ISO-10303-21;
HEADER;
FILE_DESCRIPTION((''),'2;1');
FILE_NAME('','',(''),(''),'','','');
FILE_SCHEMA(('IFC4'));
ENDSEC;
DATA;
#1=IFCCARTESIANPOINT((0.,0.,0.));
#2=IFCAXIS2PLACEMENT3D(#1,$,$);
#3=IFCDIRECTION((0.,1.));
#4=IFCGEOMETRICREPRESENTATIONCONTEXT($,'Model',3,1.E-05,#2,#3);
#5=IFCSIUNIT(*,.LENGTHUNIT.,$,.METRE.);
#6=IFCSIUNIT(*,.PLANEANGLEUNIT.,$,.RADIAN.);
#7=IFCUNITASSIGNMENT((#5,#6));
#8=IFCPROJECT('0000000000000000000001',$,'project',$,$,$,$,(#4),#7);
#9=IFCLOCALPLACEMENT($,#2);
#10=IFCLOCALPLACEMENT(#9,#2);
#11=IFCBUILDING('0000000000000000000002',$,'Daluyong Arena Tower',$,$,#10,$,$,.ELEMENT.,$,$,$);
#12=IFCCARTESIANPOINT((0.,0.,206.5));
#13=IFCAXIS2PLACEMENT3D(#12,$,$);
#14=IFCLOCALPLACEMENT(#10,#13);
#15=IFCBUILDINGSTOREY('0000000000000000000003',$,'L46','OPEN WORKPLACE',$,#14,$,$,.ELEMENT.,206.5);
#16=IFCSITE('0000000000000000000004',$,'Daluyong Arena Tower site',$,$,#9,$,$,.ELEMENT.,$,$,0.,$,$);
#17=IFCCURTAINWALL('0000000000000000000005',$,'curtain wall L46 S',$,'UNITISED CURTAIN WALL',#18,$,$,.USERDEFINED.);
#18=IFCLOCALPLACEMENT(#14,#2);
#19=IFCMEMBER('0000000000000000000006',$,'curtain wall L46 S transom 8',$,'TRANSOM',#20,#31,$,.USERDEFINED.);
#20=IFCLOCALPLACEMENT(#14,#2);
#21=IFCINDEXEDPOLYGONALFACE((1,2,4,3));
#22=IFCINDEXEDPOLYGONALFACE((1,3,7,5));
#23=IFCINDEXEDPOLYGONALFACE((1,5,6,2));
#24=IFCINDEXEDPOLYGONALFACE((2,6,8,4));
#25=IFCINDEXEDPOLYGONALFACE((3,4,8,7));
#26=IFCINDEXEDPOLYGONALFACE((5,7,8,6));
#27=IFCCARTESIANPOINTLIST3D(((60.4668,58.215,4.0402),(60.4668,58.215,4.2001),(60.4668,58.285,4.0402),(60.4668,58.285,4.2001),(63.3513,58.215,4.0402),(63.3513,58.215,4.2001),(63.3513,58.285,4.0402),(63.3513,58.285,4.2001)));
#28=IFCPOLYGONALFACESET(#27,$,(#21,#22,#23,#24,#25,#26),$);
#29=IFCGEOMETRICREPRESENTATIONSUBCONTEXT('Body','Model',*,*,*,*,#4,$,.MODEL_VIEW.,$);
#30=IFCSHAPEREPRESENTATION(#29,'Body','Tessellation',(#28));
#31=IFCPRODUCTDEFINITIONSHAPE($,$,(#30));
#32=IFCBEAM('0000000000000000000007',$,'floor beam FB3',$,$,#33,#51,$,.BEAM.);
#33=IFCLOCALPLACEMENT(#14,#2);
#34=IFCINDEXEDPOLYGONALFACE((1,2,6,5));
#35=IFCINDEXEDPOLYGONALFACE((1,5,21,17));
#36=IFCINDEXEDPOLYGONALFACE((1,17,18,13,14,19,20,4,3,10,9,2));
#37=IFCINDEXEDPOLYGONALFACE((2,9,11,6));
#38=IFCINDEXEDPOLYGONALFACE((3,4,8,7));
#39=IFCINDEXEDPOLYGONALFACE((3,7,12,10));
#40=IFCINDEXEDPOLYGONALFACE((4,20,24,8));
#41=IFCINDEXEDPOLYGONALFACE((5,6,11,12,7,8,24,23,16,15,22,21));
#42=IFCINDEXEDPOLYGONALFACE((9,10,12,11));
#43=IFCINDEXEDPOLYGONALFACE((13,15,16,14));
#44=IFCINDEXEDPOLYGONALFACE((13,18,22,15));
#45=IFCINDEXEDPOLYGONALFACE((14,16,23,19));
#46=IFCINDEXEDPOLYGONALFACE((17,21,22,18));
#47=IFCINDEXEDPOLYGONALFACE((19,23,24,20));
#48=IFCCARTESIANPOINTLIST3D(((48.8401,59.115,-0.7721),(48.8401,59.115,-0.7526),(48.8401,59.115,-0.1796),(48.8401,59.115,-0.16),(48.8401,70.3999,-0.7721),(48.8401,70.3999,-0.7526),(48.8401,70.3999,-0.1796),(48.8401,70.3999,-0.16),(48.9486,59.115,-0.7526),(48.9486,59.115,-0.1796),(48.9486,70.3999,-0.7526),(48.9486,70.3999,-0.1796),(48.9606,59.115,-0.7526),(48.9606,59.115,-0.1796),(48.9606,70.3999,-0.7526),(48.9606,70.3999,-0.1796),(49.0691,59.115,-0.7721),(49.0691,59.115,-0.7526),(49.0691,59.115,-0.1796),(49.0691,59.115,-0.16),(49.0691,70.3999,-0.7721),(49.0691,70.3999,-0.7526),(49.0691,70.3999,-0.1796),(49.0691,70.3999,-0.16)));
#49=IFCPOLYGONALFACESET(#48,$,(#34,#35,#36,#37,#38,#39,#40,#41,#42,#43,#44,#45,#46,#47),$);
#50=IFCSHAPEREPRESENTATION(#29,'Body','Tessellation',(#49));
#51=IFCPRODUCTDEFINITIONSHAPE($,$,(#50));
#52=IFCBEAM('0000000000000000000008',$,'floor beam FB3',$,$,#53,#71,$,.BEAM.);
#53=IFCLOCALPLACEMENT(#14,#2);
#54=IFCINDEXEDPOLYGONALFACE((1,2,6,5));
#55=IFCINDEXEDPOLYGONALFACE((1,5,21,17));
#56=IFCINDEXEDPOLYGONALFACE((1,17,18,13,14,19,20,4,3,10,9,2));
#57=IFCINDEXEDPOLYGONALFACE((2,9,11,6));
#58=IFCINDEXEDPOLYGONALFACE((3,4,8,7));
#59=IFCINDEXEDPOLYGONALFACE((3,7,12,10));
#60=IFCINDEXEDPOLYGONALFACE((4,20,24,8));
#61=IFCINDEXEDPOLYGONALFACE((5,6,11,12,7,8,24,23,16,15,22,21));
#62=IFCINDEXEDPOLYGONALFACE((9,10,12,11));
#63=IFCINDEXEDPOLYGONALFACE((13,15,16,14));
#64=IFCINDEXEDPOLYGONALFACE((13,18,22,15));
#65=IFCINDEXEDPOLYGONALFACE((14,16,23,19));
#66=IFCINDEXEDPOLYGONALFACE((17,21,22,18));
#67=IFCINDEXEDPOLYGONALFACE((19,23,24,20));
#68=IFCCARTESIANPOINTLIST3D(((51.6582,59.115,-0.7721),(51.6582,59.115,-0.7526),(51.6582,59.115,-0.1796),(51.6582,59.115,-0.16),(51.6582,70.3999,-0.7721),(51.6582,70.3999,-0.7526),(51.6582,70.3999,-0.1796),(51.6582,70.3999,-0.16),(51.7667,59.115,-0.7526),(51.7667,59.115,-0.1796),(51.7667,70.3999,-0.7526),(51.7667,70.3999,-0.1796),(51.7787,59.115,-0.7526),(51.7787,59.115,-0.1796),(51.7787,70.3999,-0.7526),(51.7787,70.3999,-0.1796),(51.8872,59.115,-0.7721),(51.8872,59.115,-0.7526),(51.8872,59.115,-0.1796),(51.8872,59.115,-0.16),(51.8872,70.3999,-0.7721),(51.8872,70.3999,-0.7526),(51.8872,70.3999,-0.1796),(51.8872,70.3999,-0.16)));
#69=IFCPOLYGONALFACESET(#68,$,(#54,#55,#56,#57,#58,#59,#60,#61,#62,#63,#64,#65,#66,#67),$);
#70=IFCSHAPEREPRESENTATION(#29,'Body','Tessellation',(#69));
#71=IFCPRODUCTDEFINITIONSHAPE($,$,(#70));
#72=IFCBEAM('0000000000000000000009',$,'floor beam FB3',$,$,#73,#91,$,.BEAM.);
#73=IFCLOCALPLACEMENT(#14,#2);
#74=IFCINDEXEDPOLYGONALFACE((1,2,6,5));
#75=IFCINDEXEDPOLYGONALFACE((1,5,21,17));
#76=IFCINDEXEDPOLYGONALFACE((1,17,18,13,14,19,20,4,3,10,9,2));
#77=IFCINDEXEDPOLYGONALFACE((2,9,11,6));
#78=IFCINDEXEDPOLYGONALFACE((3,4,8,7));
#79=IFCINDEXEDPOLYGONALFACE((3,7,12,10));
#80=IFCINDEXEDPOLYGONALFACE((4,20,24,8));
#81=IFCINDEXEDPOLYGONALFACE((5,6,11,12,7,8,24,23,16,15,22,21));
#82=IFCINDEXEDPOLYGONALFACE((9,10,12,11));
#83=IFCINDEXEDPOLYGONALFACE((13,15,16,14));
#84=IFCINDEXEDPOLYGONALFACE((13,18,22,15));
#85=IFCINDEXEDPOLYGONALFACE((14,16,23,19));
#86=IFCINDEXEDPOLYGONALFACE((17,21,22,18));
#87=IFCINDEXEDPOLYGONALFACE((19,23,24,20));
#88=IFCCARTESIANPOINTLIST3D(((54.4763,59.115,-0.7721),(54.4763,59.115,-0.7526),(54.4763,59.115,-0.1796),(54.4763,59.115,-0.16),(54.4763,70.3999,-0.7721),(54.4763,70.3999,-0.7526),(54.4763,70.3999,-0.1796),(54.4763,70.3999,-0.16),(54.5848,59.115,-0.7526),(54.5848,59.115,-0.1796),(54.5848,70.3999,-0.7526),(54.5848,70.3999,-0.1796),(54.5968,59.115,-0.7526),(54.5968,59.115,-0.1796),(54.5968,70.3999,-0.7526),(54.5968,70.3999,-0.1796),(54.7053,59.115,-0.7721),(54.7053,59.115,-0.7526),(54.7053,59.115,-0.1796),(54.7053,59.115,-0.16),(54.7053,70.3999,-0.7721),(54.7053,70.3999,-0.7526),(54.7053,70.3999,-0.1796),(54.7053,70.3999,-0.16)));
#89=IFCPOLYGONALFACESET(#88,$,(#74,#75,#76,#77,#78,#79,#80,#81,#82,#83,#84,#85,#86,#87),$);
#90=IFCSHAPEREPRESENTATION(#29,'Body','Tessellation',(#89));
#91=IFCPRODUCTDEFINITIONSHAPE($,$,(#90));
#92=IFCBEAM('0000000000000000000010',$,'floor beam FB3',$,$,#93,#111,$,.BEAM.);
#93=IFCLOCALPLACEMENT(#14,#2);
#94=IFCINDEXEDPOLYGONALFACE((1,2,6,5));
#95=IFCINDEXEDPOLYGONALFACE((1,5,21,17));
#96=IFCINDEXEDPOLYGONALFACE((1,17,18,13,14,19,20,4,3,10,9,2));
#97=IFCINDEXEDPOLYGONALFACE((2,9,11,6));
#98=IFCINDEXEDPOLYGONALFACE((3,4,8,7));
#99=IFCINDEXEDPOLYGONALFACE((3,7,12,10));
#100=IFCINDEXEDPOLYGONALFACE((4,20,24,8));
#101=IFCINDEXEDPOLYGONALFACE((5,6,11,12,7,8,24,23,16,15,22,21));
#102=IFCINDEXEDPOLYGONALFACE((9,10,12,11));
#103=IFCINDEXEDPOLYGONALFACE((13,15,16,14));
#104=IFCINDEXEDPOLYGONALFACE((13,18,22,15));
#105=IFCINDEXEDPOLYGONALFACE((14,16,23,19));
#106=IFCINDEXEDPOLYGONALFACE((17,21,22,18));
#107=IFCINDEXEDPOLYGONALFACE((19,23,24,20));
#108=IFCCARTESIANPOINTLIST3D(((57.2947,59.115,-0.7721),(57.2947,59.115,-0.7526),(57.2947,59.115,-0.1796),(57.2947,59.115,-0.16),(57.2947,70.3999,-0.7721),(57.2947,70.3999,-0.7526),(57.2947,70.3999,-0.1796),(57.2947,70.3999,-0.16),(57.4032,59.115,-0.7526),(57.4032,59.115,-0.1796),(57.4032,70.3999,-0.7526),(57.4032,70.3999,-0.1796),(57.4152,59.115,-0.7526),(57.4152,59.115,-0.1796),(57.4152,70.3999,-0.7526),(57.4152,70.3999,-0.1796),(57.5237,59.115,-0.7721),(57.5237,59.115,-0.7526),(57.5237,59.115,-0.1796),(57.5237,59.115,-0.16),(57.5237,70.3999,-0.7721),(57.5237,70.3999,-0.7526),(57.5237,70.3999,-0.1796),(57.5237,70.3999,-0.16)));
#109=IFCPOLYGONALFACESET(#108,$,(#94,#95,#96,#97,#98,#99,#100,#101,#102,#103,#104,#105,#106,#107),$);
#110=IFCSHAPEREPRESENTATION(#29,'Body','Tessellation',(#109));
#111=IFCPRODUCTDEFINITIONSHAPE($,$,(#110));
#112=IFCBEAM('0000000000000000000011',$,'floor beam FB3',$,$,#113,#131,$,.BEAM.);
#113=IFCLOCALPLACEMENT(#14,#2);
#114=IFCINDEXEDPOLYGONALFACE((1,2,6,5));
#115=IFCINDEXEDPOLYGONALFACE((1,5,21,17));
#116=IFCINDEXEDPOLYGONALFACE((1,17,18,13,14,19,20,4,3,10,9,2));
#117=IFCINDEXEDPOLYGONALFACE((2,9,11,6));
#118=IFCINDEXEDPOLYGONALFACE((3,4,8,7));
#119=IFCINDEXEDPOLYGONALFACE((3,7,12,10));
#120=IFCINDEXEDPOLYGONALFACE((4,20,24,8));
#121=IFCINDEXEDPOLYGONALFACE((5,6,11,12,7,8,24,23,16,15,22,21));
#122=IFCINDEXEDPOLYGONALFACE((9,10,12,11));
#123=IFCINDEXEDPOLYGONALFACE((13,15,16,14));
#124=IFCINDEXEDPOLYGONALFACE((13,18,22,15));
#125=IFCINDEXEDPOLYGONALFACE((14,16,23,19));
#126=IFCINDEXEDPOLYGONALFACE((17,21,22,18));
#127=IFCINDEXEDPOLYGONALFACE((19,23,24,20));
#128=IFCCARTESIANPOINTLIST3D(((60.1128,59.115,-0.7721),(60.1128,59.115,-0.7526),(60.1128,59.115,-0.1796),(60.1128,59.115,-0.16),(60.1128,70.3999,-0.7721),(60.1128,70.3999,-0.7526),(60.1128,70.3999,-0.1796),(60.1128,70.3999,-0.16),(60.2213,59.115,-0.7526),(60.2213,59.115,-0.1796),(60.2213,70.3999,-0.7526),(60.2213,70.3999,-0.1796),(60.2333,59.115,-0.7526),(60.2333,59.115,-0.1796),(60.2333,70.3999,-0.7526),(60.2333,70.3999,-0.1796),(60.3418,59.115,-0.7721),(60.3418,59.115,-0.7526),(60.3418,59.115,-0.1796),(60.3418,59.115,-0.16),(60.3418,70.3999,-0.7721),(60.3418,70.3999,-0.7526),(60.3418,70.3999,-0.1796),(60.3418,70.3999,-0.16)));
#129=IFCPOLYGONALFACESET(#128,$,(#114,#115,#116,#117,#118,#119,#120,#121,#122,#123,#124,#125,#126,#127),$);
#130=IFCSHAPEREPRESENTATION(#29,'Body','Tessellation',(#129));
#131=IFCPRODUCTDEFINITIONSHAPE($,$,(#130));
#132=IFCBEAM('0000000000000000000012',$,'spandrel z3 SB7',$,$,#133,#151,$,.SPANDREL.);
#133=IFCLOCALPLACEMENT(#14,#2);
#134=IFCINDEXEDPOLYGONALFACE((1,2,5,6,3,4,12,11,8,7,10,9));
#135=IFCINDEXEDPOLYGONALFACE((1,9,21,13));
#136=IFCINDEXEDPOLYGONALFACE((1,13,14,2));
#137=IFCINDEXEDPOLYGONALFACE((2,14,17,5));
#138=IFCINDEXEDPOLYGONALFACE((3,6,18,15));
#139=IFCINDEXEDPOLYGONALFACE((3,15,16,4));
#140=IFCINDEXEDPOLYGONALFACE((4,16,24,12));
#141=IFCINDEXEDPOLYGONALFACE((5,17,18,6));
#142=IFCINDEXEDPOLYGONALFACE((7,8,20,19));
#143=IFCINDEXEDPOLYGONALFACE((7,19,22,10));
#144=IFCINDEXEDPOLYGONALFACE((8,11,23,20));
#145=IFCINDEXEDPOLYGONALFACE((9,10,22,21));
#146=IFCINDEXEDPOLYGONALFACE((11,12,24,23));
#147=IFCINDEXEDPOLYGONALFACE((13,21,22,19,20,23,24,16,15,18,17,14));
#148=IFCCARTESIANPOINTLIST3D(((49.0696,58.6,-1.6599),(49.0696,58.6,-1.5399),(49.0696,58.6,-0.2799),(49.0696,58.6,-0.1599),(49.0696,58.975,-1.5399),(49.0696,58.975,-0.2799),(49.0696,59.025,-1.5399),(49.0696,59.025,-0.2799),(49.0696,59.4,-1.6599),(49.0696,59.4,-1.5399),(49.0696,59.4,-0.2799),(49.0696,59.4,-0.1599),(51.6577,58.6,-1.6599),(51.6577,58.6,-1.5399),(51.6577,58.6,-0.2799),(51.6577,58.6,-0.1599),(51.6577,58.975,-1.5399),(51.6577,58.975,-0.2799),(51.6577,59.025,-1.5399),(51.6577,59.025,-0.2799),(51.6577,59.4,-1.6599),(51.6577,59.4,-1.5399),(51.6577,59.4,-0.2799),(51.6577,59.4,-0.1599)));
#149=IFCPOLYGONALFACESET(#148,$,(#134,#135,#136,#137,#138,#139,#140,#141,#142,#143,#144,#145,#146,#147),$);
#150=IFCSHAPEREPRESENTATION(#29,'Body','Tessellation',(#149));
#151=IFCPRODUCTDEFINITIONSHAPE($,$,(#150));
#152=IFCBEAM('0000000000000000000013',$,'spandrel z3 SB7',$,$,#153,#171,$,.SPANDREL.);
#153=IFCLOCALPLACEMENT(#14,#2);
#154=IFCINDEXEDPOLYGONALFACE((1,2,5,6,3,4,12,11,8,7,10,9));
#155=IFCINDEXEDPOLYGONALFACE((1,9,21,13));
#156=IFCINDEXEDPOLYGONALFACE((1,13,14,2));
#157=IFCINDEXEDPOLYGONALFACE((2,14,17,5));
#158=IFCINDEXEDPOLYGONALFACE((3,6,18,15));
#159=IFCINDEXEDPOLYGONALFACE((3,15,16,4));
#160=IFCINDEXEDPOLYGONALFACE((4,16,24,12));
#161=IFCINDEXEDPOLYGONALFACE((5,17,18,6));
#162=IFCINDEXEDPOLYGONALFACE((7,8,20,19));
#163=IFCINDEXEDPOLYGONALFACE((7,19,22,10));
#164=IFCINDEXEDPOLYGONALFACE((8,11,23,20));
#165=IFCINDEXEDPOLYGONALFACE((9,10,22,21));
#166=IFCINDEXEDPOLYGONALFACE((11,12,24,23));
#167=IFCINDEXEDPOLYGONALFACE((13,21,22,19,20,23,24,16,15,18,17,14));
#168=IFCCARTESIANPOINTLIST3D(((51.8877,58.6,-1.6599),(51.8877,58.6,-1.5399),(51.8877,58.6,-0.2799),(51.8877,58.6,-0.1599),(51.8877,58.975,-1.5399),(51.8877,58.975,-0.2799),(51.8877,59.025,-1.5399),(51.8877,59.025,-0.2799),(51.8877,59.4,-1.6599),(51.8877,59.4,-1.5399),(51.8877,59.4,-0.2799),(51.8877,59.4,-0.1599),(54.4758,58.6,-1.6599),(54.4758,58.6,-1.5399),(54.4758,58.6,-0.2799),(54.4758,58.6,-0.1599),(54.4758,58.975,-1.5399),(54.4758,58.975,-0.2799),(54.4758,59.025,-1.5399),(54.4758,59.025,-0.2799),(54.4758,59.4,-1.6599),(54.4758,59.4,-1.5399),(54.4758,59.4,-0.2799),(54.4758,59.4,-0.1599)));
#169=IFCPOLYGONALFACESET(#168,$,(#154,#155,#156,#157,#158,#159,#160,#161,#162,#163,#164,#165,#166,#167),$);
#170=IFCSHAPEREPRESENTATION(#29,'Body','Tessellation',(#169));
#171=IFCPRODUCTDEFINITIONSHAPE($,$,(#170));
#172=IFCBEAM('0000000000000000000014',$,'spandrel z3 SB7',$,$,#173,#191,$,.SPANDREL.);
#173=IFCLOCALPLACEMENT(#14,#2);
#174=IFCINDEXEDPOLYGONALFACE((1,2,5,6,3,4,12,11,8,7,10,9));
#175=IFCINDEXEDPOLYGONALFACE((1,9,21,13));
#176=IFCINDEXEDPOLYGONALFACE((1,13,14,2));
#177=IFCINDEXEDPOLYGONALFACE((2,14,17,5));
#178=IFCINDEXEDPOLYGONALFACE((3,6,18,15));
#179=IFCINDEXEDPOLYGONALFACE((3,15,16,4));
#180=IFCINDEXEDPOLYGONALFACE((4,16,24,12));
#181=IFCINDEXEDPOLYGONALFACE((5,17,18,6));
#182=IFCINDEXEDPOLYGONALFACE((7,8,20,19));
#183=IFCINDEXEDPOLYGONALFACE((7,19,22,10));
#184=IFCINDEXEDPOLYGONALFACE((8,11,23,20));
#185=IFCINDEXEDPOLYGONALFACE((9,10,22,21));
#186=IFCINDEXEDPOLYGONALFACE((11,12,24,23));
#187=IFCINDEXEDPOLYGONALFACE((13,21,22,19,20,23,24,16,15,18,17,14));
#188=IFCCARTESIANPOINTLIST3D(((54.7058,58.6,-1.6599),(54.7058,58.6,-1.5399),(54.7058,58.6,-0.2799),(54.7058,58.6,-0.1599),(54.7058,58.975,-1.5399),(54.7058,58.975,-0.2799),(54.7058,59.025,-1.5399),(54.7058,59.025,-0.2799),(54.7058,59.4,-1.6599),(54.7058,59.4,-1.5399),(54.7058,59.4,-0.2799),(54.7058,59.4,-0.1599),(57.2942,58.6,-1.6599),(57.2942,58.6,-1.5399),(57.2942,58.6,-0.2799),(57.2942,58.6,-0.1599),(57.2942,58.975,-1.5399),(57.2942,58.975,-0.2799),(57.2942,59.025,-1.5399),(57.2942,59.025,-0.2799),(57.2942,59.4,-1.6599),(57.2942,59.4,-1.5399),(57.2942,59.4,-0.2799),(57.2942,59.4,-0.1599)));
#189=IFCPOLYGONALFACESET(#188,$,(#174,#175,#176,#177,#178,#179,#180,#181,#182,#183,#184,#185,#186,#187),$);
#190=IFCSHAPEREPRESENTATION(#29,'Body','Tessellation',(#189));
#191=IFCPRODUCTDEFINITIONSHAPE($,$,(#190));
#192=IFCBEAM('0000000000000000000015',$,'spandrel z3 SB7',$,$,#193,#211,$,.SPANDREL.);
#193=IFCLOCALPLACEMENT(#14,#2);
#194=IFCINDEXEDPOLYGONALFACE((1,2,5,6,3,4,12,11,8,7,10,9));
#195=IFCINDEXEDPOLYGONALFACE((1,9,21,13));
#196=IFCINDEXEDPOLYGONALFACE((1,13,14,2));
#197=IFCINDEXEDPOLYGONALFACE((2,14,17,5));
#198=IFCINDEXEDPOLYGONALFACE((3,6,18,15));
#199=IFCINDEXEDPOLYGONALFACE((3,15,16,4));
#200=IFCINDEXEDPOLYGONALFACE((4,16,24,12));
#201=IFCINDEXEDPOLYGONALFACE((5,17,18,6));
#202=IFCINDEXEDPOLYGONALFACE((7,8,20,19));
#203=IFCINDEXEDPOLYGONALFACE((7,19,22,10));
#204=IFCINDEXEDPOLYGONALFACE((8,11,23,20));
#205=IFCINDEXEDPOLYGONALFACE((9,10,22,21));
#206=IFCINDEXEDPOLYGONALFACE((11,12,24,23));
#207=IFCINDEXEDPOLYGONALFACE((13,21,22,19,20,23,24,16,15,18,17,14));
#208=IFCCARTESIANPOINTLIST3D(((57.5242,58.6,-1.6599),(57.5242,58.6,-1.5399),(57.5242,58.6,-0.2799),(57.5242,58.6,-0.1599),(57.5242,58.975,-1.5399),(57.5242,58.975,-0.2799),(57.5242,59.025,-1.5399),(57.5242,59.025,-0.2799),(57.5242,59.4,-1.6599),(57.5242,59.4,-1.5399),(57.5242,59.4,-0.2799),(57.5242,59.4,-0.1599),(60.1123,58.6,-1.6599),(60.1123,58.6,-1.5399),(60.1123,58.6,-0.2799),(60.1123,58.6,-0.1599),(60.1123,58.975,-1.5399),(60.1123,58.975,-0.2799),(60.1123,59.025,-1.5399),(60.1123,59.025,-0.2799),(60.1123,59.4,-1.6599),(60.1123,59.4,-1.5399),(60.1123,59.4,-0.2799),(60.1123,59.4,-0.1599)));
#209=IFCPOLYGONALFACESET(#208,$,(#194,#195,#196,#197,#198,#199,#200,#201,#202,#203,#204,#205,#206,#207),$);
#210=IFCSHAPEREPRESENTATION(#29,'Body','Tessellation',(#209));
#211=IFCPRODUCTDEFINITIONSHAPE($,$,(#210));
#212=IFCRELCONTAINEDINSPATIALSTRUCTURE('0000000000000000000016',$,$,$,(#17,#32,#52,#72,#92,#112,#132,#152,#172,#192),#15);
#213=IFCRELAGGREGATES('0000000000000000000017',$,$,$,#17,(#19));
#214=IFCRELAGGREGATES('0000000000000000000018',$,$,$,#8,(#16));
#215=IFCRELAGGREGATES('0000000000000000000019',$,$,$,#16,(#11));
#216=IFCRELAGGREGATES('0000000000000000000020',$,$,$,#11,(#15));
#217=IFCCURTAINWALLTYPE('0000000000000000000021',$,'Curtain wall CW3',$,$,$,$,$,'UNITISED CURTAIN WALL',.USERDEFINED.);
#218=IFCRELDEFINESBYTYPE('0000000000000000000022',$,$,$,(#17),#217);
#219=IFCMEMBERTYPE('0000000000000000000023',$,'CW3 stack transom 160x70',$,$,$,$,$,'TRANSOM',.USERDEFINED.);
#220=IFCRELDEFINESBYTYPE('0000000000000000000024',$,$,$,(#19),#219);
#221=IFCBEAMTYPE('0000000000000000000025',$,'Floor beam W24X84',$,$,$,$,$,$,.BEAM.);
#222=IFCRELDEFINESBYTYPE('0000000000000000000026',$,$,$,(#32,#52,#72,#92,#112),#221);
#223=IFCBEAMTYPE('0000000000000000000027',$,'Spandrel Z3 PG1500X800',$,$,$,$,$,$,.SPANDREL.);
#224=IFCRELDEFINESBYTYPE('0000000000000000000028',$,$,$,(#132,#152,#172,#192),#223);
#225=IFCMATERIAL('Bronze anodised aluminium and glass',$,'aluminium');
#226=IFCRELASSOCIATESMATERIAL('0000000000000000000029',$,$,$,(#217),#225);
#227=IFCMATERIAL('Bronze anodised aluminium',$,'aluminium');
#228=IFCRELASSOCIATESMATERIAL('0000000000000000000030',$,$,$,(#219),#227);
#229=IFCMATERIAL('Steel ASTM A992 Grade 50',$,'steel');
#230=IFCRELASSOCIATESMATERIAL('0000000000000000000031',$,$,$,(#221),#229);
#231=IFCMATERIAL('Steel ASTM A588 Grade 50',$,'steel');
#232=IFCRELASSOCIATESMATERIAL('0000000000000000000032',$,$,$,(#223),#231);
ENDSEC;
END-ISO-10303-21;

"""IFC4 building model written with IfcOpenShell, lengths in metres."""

from ifc_helpers import new_model, si_unit, direction, frame, origin, origin_2d, place, context, subcontext, project, spatial, rectangle, i_section, extrude, material, material_profile, profile_set, type_object, element, aggregate, save


model = new_model("IFC4")

# Units and contexts
model_context = context("Model", 3, precision=1e-05, world=origin(), true_north=direction((0.0, 1.0)))
body_context = subcontext(model_context, "Body", "Model", "MODEL_VIEW")
ifc_project = project(units=[si_unit("LENGTHUNIT", "METRE"), si_unit("PLANEANGLEUNIT", "RADIAN")], contexts=[model_context])

# Site, building, storey
site_placement = place(None, origin())
site = spatial("IfcSite", under=ifc_project, at=site_placement, Name="Daluyong Arena Tower site", CompositionType="ELEMENT", RefElevation=0.0)
building_placement = place(site_placement, origin())
building = spatial("IfcBuilding", under=site, at=building_placement, Name="Daluyong Arena Tower", CompositionType="ELEMENT")
storey_placement = place(building_placement, frame((0.0, 0.0, 206.5)))
storey = spatial("IfcBuildingStorey", under=building, at=storey_placement, Name="L46", Description="OPEN WORKPLACE", CompositionType="ELEMENT", Elevation=206.5)

# Curtain wall, member
ifc_material_1 = material(Name="Bronze anodised aluminium and glass", Category="aluminium")
curtain_wall_type = type_object("IfcCurtainWallType", Name="Curtain wall CW3", ElementType="UNITISED CURTAIN WALL", PredefinedType="USERDEFINED", material=ifc_material_1)
curtain_wall_placement = place(storey_placement, origin())
curtain_wall = element("IfcCurtainWall", 1, at=curtain_wall_placement, inside=storey, type_object=curtain_wall_type, Name="curtain wall L46 S", ObjectType="UNITISED CURTAIN WALL", PredefinedType="USERDEFINED")
ifc_material_2 = material(Name="Bronze anodised aluminium", Category="aluminium")
ifc_material_profile_1 = material_profile(ifc_material_2, rectangle(XDim=0.0701, YDim=0.1599, at=origin_2d()))
ifc_profile_set_1 = profile_set([ifc_material_profile_1], Name="Bronze anodised aluminium")
member_type_1 = type_object("IfcMemberType", Name="CW3 stack transom 160x70", ElementType="TRANSOM", PredefinedType="USERDEFINED", material=ifc_profile_set_1)
member_1_placement = place(storey_placement, frame((60.4668, 58.25, 4.1201), z_axis=(1.0, 0.0, 0.0), x_axis=(0.0, 1.0, 0.0)))
member_1 = element("IfcMember", 2, at=member_1_placement, type_object=member_type_1, Name="curtain wall L46 S transom 8", ObjectType="TRANSOM", PredefinedType="USERDEFINED", context=body_context, shape_type="SweptSolid", body=[
    extrude(rectangle(XDim=0.0701, YDim=0.1599, at=origin_2d()), origin(), (0.0, 0.0, 1.0), 2.8845),
])

# Beams
ifc_material_3 = material(Name="Steel ASTM A992 Grade 50", Category="steel")
ifc_material_profile_2 = material_profile(ifc_material_3, i_section(OverallWidth=0.229, OverallDepth=0.6121, WebThickness=0.012, FlangeThickness=0.0195, at=origin_2d()))
ifc_profile_set_2 = profile_set([ifc_material_profile_2], Name="Steel ASTM A992 Grade 50")
beam_type_1 = type_object("IfcBeamType", Name="Floor beam W24X84", PredefinedType="BEAM", material=ifc_profile_set_2)
for number, where, z_axis, x_axis, name in (
    (3, (48.9546, 59.115, -0.4661), (0.0, 1.0, 0.0), (-1.0, 0.0, 0.0), "floor beam FB3"),
    (4, (51.7727, 59.115, -0.4661), (0.0, 1.0, 0.0), (-1.0, 0.0, 0.0), "floor beam FB3"),
    (5, (54.5908, 59.115, -0.4661), (0.0, 1.0, 0.0), (-1.0, 0.0, 0.0), "floor beam FB3"),
    (6, (57.4092, 59.115, -0.4661), (0.0, 1.0, 0.0), (-1.0, 0.0, 0.0), "floor beam FB3"),
    (7, (60.2273, 59.115, -0.4661), (0.0, 1.0, 0.0), (-1.0, 0.0, 0.0), "floor beam FB3"),
):
    element("IfcBeam", number, at=place(storey_placement, frame(where, z_axis=z_axis, x_axis=x_axis)), inside=storey, type_object=beam_type_1, Name=name, PredefinedType="BEAM", context=body_context, shape_type="SweptSolid", body=[
        extrude(i_section(OverallWidth=0.229, OverallDepth=0.6121, WebThickness=0.012, FlangeThickness=0.0195, at=origin_2d()), origin(), (0.0, 0.0, 1.0), 11.2849),
    ])
ifc_material_4 = material(Name="Steel ASTM A588 Grade 50", Category="steel")
ifc_material_profile_3 = material_profile(ifc_material_4, i_section(OverallWidth=0.8, OverallDepth=1.5, WebThickness=0.05, FlangeThickness=0.12, at=origin_2d()))
ifc_profile_set_3 = profile_set([ifc_material_profile_3], Name="Steel ASTM A588 Grade 50")
beam_type_2 = type_object("IfcBeamType", Name="Spandrel Z3 PG1500X800", PredefinedType="SPANDREL", material=ifc_profile_set_3)
for number, where, z_axis, x_axis, name in (
    (8, (49.0696, 59.0, -0.9099), (1.0, 0.0, 0.0), (0.0, 1.0, 0.0), "spandrel z3 SB7"),
    (9, (51.8877, 59.0, -0.9099), (1.0, 0.0, 0.0), (0.0, 1.0, 0.0), "spandrel z3 SB7"),
):
    element("IfcBeam", number, at=place(storey_placement, frame(where, z_axis=z_axis, x_axis=x_axis)), inside=storey, type_object=beam_type_2, Name=name, PredefinedType="SPANDREL", context=body_context, shape_type="SweptSolid", body=[
        extrude(i_section(OverallWidth=0.8, OverallDepth=1.5, WebThickness=0.05, FlangeThickness=0.12, at=origin_2d()), origin(), (0.0, 0.0, 1.0), 2.5881),
    ])
beam_placement = place(storey_placement, frame((54.7058, 59.0, -0.9099), z_axis=(1.0, 0.0, 0.0), x_axis=(0.0, 1.0, 0.0)))
element("IfcBeam", 10, at=beam_placement, inside=storey, type_object=beam_type_2, Name="spandrel z3 SB7", PredefinedType="SPANDREL", context=body_context, shape_type="SweptSolid", body=[
    extrude(i_section(OverallWidth=0.8, OverallDepth=1.5, WebThickness=0.05, FlangeThickness=0.12, at=origin_2d()), origin(), (0.0, 0.0, 1.0), 2.5884),
])
for number, where, z_axis, x_axis, name in (
    (11, (57.5242, 59.0, -0.9099), (1.0, 0.0, 0.0), (0.0, 1.0, 0.0), "spandrel z3 SB7"),
):
    element("IfcBeam", number, at=place(storey_placement, frame(where, z_axis=z_axis, x_axis=x_axis)), inside=storey, type_object=beam_type_2, Name=name, PredefinedType="SPANDREL", context=body_context, shape_type="SweptSolid", body=[
        extrude(i_section(OverallWidth=0.8, OverallDepth=1.5, WebThickness=0.05, FlangeThickness=0.12, at=origin_2d()), origin(), (0.0, 0.0, 1.0), 2.5881),
    ])

aggregate(curtain_wall, [member_1])

save(model, "model.ifc")
